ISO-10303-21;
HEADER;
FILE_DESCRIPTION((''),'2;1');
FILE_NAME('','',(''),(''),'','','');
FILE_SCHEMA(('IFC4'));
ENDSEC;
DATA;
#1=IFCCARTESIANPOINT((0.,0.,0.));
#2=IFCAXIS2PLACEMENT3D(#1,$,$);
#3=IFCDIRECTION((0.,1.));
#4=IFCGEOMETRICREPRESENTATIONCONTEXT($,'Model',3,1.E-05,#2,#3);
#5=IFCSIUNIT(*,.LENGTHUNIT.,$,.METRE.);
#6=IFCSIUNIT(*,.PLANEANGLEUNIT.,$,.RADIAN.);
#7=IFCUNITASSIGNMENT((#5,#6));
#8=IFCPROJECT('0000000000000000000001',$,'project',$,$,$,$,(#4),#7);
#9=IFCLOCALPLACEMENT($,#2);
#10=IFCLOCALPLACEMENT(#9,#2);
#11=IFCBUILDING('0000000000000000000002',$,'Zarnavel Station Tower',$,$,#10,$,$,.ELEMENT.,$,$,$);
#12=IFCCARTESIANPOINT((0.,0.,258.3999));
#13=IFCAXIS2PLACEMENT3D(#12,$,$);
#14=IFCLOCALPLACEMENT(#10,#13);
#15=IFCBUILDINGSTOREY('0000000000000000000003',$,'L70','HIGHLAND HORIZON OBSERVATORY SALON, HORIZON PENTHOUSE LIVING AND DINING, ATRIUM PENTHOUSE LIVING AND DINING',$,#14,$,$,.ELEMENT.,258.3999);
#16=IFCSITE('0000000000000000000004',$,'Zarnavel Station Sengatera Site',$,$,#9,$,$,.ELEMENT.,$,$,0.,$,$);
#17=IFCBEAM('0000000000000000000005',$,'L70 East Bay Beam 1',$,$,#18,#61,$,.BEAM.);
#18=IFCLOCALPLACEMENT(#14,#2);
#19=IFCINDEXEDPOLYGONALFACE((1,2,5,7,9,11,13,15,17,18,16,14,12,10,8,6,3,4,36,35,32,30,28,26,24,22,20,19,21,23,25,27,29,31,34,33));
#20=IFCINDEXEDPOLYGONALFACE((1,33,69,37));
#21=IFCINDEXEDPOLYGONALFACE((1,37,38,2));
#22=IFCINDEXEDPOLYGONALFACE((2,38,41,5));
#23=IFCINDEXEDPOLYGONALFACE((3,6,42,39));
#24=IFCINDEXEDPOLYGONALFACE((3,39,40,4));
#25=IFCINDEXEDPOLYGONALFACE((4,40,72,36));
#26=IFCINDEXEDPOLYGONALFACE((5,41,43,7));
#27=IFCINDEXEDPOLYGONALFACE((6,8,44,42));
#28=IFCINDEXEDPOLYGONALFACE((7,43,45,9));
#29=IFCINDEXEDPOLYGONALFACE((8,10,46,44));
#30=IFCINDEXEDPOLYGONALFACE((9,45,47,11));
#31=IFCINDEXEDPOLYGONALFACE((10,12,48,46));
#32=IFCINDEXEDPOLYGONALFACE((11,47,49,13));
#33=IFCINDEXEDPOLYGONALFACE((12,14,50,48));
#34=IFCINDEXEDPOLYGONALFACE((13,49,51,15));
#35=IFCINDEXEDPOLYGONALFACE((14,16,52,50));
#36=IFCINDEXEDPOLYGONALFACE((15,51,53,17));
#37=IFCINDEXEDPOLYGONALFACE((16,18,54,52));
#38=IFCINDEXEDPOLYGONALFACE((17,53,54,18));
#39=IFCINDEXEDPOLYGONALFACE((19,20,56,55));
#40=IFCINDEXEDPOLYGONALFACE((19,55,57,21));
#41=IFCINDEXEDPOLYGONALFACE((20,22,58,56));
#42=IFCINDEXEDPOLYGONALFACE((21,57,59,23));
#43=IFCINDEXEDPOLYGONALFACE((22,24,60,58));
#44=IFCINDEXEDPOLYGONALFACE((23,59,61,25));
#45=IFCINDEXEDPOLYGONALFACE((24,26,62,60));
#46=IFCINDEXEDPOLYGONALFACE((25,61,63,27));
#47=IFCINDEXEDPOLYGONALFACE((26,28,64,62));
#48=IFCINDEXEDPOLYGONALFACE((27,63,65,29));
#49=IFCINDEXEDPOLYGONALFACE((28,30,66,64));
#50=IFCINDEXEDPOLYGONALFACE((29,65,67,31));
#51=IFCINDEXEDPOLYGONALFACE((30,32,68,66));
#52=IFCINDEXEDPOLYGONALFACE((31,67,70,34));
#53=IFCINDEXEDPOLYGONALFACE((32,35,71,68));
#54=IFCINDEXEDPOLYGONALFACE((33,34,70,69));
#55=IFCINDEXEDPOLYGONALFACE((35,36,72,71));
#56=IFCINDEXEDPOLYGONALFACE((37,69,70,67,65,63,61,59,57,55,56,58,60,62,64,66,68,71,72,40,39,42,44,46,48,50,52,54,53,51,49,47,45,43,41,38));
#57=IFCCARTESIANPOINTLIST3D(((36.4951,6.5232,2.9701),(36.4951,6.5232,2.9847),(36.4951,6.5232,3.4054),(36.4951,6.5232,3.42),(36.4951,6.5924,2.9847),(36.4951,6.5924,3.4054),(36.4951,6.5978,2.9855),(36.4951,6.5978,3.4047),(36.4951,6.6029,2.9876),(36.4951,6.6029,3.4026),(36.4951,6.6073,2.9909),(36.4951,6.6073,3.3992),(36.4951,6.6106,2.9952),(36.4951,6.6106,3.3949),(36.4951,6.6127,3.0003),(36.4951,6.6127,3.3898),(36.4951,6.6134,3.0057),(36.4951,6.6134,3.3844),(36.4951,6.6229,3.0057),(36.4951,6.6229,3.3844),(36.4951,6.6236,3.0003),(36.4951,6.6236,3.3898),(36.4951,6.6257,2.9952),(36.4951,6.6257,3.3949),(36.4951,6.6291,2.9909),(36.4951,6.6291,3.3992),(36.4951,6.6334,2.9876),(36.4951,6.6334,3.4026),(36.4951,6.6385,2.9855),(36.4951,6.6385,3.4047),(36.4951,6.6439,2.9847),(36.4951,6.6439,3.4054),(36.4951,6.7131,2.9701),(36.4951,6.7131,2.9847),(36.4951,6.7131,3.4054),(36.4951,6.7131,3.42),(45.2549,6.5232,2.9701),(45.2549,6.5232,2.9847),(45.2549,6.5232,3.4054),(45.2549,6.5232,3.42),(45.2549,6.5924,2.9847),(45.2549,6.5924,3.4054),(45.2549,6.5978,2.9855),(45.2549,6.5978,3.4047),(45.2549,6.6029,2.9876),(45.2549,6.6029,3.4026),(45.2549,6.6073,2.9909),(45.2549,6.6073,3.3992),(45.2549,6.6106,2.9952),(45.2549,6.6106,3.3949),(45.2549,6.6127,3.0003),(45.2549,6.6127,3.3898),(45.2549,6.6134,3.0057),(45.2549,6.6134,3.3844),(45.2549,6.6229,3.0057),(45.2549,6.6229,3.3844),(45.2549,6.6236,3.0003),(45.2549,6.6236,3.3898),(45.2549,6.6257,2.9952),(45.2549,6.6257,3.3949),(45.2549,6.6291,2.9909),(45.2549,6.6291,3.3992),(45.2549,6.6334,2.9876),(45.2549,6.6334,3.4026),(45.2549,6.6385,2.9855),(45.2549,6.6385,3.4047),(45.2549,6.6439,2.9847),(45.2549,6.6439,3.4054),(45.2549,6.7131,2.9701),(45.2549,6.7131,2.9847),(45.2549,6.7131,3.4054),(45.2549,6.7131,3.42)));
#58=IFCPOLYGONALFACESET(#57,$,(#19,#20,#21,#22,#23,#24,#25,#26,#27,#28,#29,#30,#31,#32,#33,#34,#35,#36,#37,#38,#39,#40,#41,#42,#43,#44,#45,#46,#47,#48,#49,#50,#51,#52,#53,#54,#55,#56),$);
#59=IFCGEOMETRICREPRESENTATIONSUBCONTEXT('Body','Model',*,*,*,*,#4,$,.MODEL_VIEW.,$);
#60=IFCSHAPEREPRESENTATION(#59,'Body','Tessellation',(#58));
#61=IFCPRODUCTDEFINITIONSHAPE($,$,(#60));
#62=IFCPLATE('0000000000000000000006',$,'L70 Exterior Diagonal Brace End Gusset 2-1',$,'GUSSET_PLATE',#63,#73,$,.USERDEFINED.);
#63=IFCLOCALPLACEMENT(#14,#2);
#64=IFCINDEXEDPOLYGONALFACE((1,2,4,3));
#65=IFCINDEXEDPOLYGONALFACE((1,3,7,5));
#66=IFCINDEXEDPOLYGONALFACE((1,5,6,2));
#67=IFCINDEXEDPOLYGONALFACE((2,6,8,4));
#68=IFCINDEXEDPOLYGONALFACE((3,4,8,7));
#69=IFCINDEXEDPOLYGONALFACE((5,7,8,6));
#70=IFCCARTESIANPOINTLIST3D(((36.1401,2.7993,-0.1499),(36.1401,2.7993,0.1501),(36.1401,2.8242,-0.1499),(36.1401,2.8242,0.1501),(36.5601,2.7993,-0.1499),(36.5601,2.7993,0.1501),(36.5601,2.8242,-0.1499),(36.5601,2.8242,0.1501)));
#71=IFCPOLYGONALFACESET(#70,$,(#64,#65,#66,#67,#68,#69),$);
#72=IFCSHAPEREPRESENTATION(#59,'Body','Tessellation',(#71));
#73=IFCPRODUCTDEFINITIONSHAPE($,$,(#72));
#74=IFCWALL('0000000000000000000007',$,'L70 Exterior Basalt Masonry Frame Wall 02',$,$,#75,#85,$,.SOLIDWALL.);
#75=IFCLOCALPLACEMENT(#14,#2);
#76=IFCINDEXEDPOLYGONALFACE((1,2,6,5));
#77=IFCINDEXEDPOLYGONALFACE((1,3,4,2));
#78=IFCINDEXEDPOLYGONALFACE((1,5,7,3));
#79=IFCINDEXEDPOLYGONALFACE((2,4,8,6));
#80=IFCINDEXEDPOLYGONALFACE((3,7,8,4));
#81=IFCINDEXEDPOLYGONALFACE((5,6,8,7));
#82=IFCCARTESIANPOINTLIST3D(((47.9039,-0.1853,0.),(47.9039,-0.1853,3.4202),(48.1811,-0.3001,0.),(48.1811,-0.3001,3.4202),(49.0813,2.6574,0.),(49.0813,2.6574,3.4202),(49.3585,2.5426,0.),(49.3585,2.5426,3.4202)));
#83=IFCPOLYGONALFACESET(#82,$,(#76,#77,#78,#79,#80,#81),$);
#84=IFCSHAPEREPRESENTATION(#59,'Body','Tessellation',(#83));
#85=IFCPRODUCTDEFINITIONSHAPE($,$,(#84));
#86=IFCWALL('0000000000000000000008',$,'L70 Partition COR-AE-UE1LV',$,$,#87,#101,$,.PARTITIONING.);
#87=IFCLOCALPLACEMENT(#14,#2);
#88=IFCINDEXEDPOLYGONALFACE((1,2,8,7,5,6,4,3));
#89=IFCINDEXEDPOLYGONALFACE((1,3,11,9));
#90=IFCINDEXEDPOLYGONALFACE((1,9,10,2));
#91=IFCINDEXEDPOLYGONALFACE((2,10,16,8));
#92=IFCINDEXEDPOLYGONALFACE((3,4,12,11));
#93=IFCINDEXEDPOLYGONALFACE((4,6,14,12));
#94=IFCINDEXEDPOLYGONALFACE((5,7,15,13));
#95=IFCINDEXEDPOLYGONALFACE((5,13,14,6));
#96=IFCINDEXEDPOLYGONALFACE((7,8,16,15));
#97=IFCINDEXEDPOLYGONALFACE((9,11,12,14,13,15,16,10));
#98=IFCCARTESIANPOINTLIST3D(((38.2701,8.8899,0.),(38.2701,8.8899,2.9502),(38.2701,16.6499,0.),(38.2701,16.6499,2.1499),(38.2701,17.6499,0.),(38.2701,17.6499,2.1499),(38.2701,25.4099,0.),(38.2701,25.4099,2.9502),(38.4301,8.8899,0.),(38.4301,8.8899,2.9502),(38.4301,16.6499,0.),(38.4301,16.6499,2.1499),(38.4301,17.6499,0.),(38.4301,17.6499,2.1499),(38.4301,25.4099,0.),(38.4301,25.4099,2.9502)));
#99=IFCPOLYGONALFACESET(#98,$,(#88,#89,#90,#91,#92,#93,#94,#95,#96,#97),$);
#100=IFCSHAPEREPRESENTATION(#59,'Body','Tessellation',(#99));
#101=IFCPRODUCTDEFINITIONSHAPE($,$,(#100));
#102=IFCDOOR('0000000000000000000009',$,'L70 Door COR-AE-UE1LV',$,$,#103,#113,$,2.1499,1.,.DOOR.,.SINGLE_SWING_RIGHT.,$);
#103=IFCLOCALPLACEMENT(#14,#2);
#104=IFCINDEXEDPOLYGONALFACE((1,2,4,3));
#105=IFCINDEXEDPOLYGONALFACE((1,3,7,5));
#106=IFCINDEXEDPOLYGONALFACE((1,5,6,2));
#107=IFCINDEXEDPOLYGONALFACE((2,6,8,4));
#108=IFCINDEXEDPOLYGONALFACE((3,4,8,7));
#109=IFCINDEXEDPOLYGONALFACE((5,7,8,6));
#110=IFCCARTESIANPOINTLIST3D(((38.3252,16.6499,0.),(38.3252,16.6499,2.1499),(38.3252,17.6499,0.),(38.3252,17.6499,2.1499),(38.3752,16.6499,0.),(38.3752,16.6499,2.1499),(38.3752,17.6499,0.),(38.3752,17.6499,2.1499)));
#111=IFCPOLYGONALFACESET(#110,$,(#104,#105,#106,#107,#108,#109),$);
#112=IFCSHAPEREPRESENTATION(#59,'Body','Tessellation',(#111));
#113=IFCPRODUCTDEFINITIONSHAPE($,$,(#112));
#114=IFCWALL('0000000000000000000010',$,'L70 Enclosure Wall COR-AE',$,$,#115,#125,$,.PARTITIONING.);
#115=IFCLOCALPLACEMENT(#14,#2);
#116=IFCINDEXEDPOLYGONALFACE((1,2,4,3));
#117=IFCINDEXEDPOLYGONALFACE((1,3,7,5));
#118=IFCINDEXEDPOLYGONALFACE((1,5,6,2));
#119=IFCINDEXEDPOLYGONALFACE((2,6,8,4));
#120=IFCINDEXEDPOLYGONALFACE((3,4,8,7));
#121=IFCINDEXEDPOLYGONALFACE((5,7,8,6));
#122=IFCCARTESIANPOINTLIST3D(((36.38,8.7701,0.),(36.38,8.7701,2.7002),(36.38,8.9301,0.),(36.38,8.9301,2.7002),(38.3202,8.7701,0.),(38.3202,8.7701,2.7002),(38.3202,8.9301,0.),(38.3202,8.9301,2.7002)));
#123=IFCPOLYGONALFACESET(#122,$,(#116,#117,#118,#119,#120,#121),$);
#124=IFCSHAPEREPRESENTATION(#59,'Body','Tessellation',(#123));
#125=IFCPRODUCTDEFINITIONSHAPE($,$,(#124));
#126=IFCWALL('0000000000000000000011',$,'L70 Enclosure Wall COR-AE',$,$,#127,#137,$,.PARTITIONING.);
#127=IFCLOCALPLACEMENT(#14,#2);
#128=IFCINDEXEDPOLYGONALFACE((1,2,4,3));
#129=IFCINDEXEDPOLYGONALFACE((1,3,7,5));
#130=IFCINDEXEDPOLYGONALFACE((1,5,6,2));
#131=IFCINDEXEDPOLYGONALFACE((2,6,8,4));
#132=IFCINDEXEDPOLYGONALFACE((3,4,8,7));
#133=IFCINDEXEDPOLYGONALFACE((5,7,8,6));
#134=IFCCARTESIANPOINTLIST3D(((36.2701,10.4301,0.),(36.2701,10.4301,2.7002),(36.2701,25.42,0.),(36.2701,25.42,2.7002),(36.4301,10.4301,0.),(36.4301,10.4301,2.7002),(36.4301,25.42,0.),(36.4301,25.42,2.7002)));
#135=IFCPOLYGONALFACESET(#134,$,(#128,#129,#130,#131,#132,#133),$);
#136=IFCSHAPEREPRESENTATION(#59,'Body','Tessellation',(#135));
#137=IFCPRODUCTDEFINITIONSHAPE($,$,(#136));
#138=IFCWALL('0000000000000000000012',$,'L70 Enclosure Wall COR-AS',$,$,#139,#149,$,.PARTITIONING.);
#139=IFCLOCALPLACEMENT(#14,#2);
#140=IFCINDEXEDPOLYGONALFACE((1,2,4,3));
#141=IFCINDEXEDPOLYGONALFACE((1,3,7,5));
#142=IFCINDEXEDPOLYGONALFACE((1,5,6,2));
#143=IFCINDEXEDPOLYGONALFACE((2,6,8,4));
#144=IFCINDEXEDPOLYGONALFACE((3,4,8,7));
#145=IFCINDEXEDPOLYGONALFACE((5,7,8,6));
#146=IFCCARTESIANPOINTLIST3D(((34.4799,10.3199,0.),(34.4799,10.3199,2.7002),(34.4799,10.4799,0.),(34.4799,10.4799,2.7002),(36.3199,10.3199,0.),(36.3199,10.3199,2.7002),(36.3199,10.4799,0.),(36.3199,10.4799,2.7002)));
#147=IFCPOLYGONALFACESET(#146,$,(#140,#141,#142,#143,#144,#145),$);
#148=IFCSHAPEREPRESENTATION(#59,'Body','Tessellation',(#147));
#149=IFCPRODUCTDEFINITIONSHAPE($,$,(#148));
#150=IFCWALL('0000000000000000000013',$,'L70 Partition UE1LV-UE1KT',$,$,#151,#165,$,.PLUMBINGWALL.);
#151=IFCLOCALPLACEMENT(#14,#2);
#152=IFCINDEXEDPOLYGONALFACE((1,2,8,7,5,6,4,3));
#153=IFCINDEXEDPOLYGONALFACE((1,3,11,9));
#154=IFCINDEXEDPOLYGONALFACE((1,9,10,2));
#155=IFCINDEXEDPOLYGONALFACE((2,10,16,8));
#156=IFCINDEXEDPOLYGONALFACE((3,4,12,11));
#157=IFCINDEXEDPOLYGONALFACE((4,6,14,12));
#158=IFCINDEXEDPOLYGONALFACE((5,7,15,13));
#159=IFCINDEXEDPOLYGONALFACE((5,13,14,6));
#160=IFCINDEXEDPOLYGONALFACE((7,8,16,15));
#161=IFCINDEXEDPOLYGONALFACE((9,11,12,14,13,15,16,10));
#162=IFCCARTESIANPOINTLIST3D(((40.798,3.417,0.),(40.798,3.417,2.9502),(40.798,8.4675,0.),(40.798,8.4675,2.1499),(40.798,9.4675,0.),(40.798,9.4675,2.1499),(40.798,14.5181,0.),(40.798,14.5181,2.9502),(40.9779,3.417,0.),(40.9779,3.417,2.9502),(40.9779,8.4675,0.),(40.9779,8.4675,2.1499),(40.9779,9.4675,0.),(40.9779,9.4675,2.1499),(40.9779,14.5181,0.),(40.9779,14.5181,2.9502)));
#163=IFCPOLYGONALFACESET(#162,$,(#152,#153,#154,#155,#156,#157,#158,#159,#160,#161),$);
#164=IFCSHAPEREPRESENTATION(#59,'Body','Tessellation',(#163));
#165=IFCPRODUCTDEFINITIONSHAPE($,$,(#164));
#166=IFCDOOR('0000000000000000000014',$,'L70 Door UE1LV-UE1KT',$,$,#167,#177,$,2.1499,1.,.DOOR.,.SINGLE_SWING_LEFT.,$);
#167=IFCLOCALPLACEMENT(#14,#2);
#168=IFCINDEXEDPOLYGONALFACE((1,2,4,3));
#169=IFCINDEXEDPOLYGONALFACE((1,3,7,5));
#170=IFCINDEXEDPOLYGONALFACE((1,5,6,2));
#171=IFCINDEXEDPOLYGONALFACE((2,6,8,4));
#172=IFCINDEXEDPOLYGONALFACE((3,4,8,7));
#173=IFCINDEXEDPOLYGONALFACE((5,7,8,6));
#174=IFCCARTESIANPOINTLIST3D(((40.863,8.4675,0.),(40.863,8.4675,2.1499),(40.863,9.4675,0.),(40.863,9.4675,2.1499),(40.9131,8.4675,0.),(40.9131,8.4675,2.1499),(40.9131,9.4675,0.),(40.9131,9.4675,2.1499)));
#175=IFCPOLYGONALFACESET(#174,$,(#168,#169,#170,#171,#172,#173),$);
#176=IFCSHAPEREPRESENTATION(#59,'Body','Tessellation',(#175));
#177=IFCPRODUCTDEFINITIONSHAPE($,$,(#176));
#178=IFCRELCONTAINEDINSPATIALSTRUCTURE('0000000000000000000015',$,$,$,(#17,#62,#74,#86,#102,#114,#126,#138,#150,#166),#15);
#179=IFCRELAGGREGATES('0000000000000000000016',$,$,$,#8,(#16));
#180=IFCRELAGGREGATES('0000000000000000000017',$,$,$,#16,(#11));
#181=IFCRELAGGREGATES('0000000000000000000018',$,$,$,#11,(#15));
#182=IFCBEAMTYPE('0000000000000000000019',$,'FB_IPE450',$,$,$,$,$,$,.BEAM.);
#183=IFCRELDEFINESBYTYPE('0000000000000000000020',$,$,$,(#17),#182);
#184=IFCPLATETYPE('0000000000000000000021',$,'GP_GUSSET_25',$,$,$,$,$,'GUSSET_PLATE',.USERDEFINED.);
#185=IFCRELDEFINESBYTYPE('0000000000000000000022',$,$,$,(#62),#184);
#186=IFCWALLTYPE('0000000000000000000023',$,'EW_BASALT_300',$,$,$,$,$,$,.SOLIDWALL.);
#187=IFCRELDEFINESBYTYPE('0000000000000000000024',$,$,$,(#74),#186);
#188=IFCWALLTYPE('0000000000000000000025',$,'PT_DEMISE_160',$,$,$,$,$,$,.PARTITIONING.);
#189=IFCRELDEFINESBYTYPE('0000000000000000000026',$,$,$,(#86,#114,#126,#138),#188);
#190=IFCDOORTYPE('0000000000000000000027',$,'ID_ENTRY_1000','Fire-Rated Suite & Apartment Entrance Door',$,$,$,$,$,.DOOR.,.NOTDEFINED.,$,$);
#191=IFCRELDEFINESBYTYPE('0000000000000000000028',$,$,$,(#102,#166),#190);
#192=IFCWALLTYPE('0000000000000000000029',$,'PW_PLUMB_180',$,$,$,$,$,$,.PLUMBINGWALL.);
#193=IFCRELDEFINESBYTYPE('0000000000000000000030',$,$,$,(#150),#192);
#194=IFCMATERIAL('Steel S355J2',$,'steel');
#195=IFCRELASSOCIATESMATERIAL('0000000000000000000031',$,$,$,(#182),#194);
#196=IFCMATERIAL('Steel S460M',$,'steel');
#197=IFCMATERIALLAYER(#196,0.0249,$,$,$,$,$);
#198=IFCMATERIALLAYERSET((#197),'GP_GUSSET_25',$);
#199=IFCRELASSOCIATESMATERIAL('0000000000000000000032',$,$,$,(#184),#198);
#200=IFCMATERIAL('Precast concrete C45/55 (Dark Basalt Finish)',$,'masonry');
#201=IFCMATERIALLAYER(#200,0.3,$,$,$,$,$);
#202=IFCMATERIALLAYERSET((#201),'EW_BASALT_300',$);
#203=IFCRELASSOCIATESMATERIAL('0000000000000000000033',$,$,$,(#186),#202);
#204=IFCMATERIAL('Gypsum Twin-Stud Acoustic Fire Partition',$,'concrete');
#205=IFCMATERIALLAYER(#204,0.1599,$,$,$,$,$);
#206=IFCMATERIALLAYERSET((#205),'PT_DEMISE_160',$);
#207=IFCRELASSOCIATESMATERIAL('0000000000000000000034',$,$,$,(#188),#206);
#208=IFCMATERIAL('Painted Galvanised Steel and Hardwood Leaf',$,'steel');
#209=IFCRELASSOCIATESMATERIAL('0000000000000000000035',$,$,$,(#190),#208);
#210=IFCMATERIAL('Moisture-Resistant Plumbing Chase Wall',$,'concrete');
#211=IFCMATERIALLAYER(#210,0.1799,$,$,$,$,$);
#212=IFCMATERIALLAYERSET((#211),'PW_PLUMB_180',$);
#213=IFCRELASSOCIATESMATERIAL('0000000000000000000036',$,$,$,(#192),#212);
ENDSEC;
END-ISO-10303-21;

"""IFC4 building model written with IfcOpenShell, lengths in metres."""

from ifc_helpers import new_model, si_unit, direction, frame, frame_2d, origin, origin_2d, place, context, subcontext, project, spatial, rectangle, i_section, extrude, material, layer, layer_set, material_profile, profile_set, type_object, element, fill, save


model = new_model("IFC4")

# Units and contexts
model_context = context("Model", 3, precision=1e-05, world=origin(), true_north=direction((0.0, 1.0)))
body_context = subcontext(model_context, "Body", "Model", "MODEL_VIEW")
ifc_project = project(units=[si_unit("LENGTHUNIT", "METRE"), si_unit("PLANEANGLEUNIT", "RADIAN")], contexts=[model_context])

# Site, building, storey
site_placement = place(None, origin())
site = spatial("IfcSite", under=ifc_project, at=site_placement, Name="Zarnavel Station Sengatera Site", CompositionType="ELEMENT", RefElevation=0.0)
building_placement = place(site_placement, origin())
building = spatial("IfcBuilding", under=site, at=building_placement, Name="Zarnavel Station Tower", CompositionType="ELEMENT")
storey_placement = place(building_placement, frame((0.0, 0.0, 258.3999)))
storey = spatial("IfcBuildingStorey", under=building, at=storey_placement, Name="L70", Description="HIGHLAND HORIZON OBSERVATORY SALON, HORIZON PENTHOUSE LIVING AND DINING, ATRIUM PENTHOUSE LIVING AND DINING", CompositionType="ELEMENT", Elevation=258.3999)

# Beam
ifc_material_1 = material(Name="Steel S355J2", Category="steel")
ifc_material_profile_1 = material_profile(ifc_material_1, i_section(OverallWidth=0.1899, OverallDepth=0.45, WebThickness=0.0095, FlangeThickness=0.0146, FilletRadius=0.021, at=origin_2d()), Name="IPE450")
ifc_profile_set_1 = profile_set([ifc_material_profile_1], Name="Steel S355J2")
beam_type_1 = type_object("IfcBeamType", Name="FB_IPE450", PredefinedType="BEAM", material=ifc_profile_set_1)
beam_1_placement = place(storey_placement, frame((36.4951, 6.6182, 3.1951), z_axis=(1.0, 0.0, 0.0), x_axis=(0.0, 1.0, 0.0)))
element("IfcBeam", 1, at=beam_1_placement, inside=storey, type_object=beam_type_1, Name="L70 East Bay Beam 1", PredefinedType="BEAM", context=body_context, shape_type="SweptSolid", body=[
    extrude(i_section(OverallWidth=0.1899, OverallDepth=0.45, WebThickness=0.0095, FlangeThickness=0.0146, FilletRadius=0.021, at=origin_2d()), origin(), (0.0, 0.0, 1.0), 8.7598),
])

# Plate
ifc_material_2 = material(Name="Steel S460M", Category="steel")
ifc_layer_1 = layer(ifc_material_2, 0.0249)
ifc_layer_set_1 = layer_set([ifc_layer_1], Name="GP_GUSSET_25")
plate_type = type_object("IfcPlateType", Name="GP_GUSSET_25", ElementType="GUSSET_PLATE", PredefinedType="USERDEFINED", material=ifc_layer_set_1)
plate_placement = place(storey_placement, frame((36.3501, 2.8118, -0.1499), z_axis=(0.0, 0.0, 1.0), x_axis=(1.0, 0.0, 0.0)))
element("IfcPlate", 2, at=plate_placement, inside=storey, type_object=plate_type, Name="L70 Exterior Diagonal Brace End Gusset 2-1", ObjectType="GUSSET_PLATE", PredefinedType="USERDEFINED", context=body_context, shape_type="SweptSolid", body=[
    extrude(rectangle(XDim=0.4199, YDim=0.0249, at=origin_2d()), origin(), (0.0, 0.0, 1.0), 0.3),
])

# Wall
ifc_material_3 = material(Name="Precast concrete C45/55 (Dark Basalt Finish)", Category="masonry")
ifc_layer_2 = layer(ifc_material_3, 0.3)
ifc_layer_set_2 = layer_set([ifc_layer_2], Name="EW_BASALT_300")
wall_type_1 = type_object("IfcWallType", Name="EW_BASALT_300", PredefinedType="SOLIDWALL", material=ifc_layer_set_2)
wall_1_placement = place(storey_placement, frame((49.22, 2.6001, 0.0), z_axis=(0.0, 0.0, 1.0), x_axis=(-0.382676, -0.923882, 0.0)))
element("IfcWall", 3, at=wall_1_placement, inside=storey, type_object=wall_type_1, Name="L70 Exterior Basalt Masonry Frame Wall 02", PredefinedType="SOLIDWALL", context=body_context, shape_type="SweptSolid", body=[
    extrude(rectangle(XDim=3.0769, YDim=0.3, at=frame_2d((1.5386, 0.0))), origin(), (0.0, 0.0, 1.0), 3.4202),
])

# Wall, opening, door
ifc_material_4 = material(Name="Gypsum Twin-Stud Acoustic Fire Partition", Category="concrete")
ifc_layer_3 = layer(ifc_material_4, 0.1599)
ifc_layer_set_3 = layer_set([ifc_layer_3], Name="PT_DEMISE_160")
wall_type_2 = type_object("IfcWallType", Name="PT_DEMISE_160", PredefinedType="PARTITIONING", material=ifc_layer_set_3)
wall_2_placement = place(storey_placement, frame((38.3501, 8.8899, 0.0), z_axis=(0.0, 0.0, 1.0), x_axis=(0.0, 1.0, 0.0)))
wall_2 = element("IfcWall", 4, at=wall_2_placement, inside=storey, type_object=wall_type_2, Name="L70 Partition COR-AE-UE1LV", PredefinedType="PARTITIONING", context=body_context, shape_type="SweptSolid", body=[
    extrude(rectangle(XDim=16.52, YDim=0.1599, at=frame_2d((8.26, 0.0))), origin(), (0.0, 0.0, 1.0), 2.9502),
])
opening_1_placement = place(wall_2_placement, frame((7.76, 0.0, 0.0)))
opening_1 = element("IfcOpeningElement", 5, at=opening_1_placement, cuts=wall_2, PredefinedType="OPENING", context=body_context, shape_type="SweptSolid", body=[
    extrude(rectangle(XDim=1.0, YDim=2.1499, at=frame_2d((0.5, 1.075))), frame((0.0, 0.0898, 0.0), z_axis=(0.0, -1.0, 0.0), x_axis=(1.0, 0.0, 0.0)), (0.0, 0.0, 1.0), 0.1799),
])
ifc_material_5 = material(Name="Painted Galvanised Steel and Hardwood Leaf", Category="steel")
door_type = type_object("IfcDoorType", Name="ID_ENTRY_1000", Description="Fire-Rated Suite & Apartment Entrance Door", OperationType="NOTDEFINED", PredefinedType="DOOR", material=ifc_material_5)
door_1_placement = place(opening_1_placement, origin())
door_1 = element("IfcDoor", 6, at=door_1_placement, inside=storey, type_object=door_type, Name="L70 Door COR-AE-UE1LV", OperationType="SINGLE_SWING_RIGHT", OverallHeight=2.1499, OverallWidth=1.0, PredefinedType="DOOR", context=body_context, shape_type="SweptSolid", body=[
    extrude(rectangle(XDim=1.0, YDim=2.1499, at=frame_2d((0.5, 1.075))), frame((0.0, 0.0249, 0.0), z_axis=(0.0, -1.0, 0.0), x_axis=(1.0, 0.0, 0.0)), (0.0, 0.0, 1.0), 0.05),
])
fill(opening_1, door_1)

# Walls
wall_3_placement = place(storey_placement, frame((36.3799, 8.8501, 0.0), z_axis=(0.0, 0.0, 1.0), x_axis=(1.0, 0.0, 0.0)))
element("IfcWall", 7, at=wall_3_placement, inside=storey, type_object=wall_type_2, Name="L70 Enclosure Wall COR-AE", PredefinedType="PARTITIONING", context=body_context, shape_type="SweptSolid", body=[
    extrude(rectangle(XDim=1.9402, YDim=0.1599, at=frame_2d((0.9702, 0.0))), origin(), (0.0, 0.0, 1.0), 2.7002),
])
wall_4_placement = place(storey_placement, frame((36.3501, 10.4299, 0.0), z_axis=(0.0, 0.0, 1.0), x_axis=(0.0, 1.0, 0.0)))
element("IfcWall", 8, at=wall_4_placement, inside=storey, type_object=wall_type_2, Name="L70 Enclosure Wall COR-AE", PredefinedType="PARTITIONING", context=body_context, shape_type="SweptSolid", body=[
    extrude(rectangle(XDim=14.99, YDim=0.1599, at=frame_2d((7.4951, 0.0))), origin(), (0.0, 0.0, 1.0), 2.7002),
])
wall_5_placement = place(storey_placement, frame((34.48, 10.3999, 0.0), z_axis=(0.0, 0.0, 1.0), x_axis=(1.0, 0.0, 0.0)))
element("IfcWall", 9, at=wall_5_placement, inside=storey, type_object=wall_type_2, Name="L70 Enclosure Wall COR-AS", PredefinedType="PARTITIONING", context=body_context, shape_type="SweptSolid", body=[
    extrude(rectangle(XDim=1.8401, YDim=0.1599, at=frame_2d((0.9199, 0.0))), origin(), (0.0, 0.0, 1.0), 2.7002),
])

# Wall, opening, door
ifc_material_6 = material(Name="Moisture-Resistant Plumbing Chase Wall", Category="concrete")
ifc_layer_4 = layer(ifc_material_6, 0.1799)
ifc_layer_set_4 = layer_set([ifc_layer_4], Name="PW_PLUMB_180")
wall_type_3 = type_object("IfcWallType", Name="PW_PLUMB_180", PredefinedType="PLUMBINGWALL", material=ifc_layer_set_4)
wall_6_placement = place(storey_placement, frame((40.8879, 3.417, 0.0), z_axis=(0.0, 0.0, 1.0), x_axis=(0.0, 1.0, 0.0)))
wall_6 = element("IfcWall", 10, at=wall_6_placement, inside=storey, type_object=wall_type_3, Name="L70 Partition UE1LV-UE1KT", PredefinedType="PLUMBINGWALL", context=body_context, shape_type="SweptSolid", body=[
    extrude(rectangle(XDim=11.1011, YDim=0.1799, at=frame_2d((5.5505, 0.0))), origin(), (0.0, 0.0, 1.0), 2.9502),
])
opening_2_placement = place(wall_6_placement, frame((5.0505, 0.0, 0.0)))
opening_2 = element("IfcOpeningElement", 11, at=opening_2_placement, cuts=wall_6, PredefinedType="OPENING", context=body_context, shape_type="SweptSolid", body=[
    extrude(rectangle(XDim=1.0, YDim=2.1499, at=frame_2d((0.5, 1.075))), frame((0.0, 0.0999, 0.0), z_axis=(0.0, -1.0, 0.0), x_axis=(1.0, 0.0, 0.0)), (0.0, 0.0, 1.0), 0.2),
])
door_2_placement = place(opening_2_placement, origin())
door_2 = element("IfcDoor", 12, at=door_2_placement, inside=storey, type_object=door_type, Name="L70 Door UE1LV-UE1KT", OperationType="SINGLE_SWING_LEFT", OverallHeight=2.1499, OverallWidth=1.0, PredefinedType="DOOR", context=body_context, shape_type="SweptSolid", body=[
    extrude(rectangle(XDim=1.0, YDim=2.1499, at=frame_2d((0.5, 1.075))), frame((0.0, 0.0249, 0.0), z_axis=(0.0, -1.0, 0.0), x_axis=(1.0, 0.0, 0.0)), (0.0, 0.0, 1.0), 0.05),
])
fill(opening_2, door_2)

save(model, "model.ifc")
